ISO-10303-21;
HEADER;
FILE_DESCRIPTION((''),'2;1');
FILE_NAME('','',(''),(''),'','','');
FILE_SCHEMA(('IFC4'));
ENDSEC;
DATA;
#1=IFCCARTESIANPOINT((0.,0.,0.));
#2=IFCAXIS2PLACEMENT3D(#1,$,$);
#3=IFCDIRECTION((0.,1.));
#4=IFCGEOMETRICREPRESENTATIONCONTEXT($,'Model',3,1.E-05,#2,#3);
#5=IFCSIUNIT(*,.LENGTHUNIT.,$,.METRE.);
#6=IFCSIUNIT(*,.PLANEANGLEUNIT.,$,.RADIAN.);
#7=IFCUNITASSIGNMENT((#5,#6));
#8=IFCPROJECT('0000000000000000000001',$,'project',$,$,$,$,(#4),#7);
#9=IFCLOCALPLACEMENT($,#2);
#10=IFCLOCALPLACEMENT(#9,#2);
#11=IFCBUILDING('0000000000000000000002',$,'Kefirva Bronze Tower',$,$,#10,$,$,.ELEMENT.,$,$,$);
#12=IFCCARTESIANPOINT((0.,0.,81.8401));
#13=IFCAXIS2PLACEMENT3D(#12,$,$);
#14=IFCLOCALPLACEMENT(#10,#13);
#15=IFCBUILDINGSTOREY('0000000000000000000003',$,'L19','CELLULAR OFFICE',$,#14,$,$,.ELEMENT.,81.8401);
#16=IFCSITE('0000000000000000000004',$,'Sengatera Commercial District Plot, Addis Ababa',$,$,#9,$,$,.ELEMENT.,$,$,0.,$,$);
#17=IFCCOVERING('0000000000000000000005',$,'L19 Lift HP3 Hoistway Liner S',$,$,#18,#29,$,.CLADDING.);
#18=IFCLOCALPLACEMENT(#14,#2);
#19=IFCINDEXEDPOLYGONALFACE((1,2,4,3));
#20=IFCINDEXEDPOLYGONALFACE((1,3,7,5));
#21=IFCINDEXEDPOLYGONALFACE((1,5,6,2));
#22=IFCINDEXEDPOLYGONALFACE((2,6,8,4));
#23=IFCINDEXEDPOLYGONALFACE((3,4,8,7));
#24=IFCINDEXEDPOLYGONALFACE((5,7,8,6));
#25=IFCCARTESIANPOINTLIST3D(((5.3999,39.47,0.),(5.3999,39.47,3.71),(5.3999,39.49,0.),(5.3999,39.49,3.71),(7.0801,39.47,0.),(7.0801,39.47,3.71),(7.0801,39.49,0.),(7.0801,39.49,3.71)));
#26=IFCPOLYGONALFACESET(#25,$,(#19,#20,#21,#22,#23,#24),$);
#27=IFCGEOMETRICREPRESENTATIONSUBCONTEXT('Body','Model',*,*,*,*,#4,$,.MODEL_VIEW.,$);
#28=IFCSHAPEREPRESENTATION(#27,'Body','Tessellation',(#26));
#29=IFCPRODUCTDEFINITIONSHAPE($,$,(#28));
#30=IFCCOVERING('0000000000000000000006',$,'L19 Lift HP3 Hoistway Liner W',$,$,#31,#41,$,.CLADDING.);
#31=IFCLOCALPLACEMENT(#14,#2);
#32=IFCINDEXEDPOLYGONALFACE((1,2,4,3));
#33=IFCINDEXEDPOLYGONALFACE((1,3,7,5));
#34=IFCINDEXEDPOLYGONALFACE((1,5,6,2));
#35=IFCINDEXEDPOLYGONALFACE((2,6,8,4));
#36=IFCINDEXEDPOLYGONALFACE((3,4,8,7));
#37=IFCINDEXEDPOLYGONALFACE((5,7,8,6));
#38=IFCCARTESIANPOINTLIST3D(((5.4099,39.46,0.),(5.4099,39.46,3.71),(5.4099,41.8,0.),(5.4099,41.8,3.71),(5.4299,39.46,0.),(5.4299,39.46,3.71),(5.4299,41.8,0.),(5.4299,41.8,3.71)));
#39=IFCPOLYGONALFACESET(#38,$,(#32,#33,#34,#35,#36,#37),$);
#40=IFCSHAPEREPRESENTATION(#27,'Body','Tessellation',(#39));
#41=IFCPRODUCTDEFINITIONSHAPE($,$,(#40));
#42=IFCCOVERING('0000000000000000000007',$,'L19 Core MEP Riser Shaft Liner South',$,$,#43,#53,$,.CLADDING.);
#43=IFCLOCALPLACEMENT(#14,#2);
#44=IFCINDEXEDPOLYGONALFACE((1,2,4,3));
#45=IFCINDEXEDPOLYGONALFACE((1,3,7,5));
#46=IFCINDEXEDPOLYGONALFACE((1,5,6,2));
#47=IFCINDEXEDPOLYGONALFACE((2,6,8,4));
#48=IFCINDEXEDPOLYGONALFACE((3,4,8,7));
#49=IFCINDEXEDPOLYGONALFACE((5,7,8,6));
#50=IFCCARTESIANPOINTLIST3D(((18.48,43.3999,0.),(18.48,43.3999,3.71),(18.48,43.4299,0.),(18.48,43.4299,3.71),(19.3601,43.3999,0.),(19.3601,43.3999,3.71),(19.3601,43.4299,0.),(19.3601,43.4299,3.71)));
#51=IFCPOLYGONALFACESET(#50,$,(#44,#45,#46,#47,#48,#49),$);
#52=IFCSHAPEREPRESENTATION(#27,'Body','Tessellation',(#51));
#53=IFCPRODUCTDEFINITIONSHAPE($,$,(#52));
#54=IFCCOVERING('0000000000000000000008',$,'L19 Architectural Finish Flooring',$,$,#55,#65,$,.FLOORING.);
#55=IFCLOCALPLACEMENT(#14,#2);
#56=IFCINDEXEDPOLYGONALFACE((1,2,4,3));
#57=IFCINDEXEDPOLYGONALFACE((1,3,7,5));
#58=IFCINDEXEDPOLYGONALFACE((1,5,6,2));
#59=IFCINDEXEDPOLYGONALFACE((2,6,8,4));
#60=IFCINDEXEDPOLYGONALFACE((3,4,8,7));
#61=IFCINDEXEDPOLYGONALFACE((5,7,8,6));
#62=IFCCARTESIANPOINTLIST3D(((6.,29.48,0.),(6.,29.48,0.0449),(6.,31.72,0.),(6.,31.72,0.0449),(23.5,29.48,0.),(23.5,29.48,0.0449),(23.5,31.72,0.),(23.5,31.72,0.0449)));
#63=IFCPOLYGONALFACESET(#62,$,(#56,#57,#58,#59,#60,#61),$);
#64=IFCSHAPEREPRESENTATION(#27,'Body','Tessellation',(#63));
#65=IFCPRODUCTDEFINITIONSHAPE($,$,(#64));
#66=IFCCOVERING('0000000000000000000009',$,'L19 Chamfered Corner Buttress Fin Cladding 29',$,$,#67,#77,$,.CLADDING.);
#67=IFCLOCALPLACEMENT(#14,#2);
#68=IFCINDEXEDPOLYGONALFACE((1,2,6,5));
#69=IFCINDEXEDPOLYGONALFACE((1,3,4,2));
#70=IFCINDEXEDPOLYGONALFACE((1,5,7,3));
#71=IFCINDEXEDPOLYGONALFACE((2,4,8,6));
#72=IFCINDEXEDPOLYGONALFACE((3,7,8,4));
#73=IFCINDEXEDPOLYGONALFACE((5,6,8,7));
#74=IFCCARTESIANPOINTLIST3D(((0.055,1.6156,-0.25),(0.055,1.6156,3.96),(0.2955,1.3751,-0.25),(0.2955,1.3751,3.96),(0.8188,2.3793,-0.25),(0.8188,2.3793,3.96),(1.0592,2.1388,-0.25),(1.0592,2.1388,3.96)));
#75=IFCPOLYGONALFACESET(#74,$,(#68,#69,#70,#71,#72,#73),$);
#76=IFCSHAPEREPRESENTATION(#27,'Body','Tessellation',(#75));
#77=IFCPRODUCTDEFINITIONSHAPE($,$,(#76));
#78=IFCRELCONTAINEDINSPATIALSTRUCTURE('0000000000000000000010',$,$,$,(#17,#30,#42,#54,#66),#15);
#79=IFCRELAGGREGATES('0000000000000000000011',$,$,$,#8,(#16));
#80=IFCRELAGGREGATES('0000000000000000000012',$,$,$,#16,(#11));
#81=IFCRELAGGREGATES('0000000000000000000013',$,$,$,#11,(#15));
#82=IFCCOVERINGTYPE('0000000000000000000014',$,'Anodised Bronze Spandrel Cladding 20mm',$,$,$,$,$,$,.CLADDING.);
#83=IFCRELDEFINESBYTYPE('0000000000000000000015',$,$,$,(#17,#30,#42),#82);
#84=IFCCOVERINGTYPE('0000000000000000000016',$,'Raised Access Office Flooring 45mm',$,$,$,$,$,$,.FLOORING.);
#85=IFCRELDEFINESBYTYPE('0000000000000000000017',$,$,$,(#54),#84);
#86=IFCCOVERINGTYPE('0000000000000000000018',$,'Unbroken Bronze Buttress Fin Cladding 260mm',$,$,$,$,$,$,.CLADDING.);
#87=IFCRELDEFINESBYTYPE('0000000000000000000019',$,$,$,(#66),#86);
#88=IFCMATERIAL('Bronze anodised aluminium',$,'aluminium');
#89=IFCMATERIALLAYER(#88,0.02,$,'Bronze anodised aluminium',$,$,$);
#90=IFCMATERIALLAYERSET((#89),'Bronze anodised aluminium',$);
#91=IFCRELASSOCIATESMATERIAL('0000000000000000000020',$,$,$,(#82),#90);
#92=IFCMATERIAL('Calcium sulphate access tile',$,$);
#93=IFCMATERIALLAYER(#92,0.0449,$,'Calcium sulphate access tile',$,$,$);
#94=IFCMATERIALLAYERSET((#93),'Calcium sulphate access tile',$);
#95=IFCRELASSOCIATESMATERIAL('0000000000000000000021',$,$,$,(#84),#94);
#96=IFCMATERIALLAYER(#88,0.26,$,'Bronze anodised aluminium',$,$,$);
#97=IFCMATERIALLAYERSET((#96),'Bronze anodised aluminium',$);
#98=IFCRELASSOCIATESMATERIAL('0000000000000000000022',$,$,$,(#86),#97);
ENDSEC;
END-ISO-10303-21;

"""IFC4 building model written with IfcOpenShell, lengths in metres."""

from ifc_helpers import new_model, si_unit, direction, frame, origin, origin_2d, place, context, subcontext, project, spatial, polyline, rectangle, outline, extrude, material, layer, layer_set, type_object, element, save


model = new_model("IFC4")

# Units and contexts
model_context = context("Model", 3, precision=1e-05, world=origin(), true_north=direction((0.0, 1.0)))
body_context = subcontext(model_context, "Body", "Model", "MODEL_VIEW")
ifc_project = project(units=[si_unit("LENGTHUNIT", "METRE"), si_unit("PLANEANGLEUNIT", "RADIAN")], contexts=[model_context])

# Site, building, storey
site_placement = place(None, origin())
site = spatial("IfcSite", under=ifc_project, at=site_placement, Name="Sengatera Commercial District Plot, Addis Ababa", CompositionType="ELEMENT", RefElevation=0.0)
building_placement = place(site_placement, origin())
building = spatial("IfcBuilding", under=site, at=building_placement, Name="Kefirva Bronze Tower", CompositionType="ELEMENT")
storey_placement = place(building_placement, frame((0.0, 0.0, 81.8401)))
storey = spatial("IfcBuildingStorey", under=building, at=storey_placement, Name="L19", Description="CELLULAR OFFICE", CompositionType="ELEMENT", Elevation=81.8401)

# Shared definitions
ifc_material_1 = material(Name="Bronze anodised aluminium", Category="aluminium")

# Coverings
ifc_layer_1 = layer(ifc_material_1, 0.02, Name="Bronze anodised aluminium")
ifc_layer_set_1 = layer_set([ifc_layer_1], Name="Bronze anodised aluminium")
covering_type_1 = type_object("IfcCoveringType", Name="Anodised Bronze Spandrel Cladding 20mm", PredefinedType="CLADDING", material=ifc_layer_set_1)
covering_1_placement = place(storey_placement, origin())
element("IfcCovering", 1, at=covering_1_placement, inside=storey, type_object=covering_type_1, Name="L19 Lift HP3 Hoistway Liner S", PredefinedType="CLADDING", context=body_context, shape_type="SweptSolid", body=[
    extrude(outline(polyline([(5.3999, 39.47), (7.0801, 39.47), (7.0801, 39.49), (5.3999, 39.49), (5.3999, 39.47)])), origin(), (0.0, 0.0, 1.0), 3.71),
])
covering_2_placement = place(storey_placement, origin())
element("IfcCovering", 2, at=covering_2_placement, inside=storey, type_object=covering_type_1, Name="L19 Lift HP3 Hoistway Liner W", PredefinedType="CLADDING", context=body_context, shape_type="SweptSolid", body=[
    extrude(outline(polyline([(5.4099, 39.46), (5.4299, 39.46), (5.4299, 41.8), (5.4099, 41.8), (5.4099, 39.46)])), origin(), (0.0, 0.0, 1.0), 3.71),
])
covering_3_placement = place(storey_placement, origin())
element("IfcCovering", 3, at=covering_3_placement, inside=storey, type_object=covering_type_1, Name="L19 Core MEP Riser Shaft Liner South", PredefinedType="CLADDING", context=body_context, shape_type="SweptSolid", body=[
    extrude(outline(polyline([(18.48, 43.3999), (19.3601, 43.3999), (19.3601, 43.4299), (18.48, 43.4299), (18.48, 43.3999)])), origin(), (0.0, 0.0, 1.0), 3.71),
])
ifc_material_2 = material(Name="Calcium sulphate access tile")
ifc_layer_2 = layer(ifc_material_2, 0.0449, Name="Calcium sulphate access tile")
ifc_layer_set_2 = layer_set([ifc_layer_2], Name="Calcium sulphate access tile")
covering_type_2 = type_object("IfcCoveringType", Name="Raised Access Office Flooring 45mm", PredefinedType="FLOORING", material=ifc_layer_set_2)
covering_4_placement = place(storey_placement, origin())
element("IfcCovering", 4, at=covering_4_placement, inside=storey, type_object=covering_type_2, Name="L19 Architectural Finish Flooring", PredefinedType="FLOORING", context=body_context, shape_type="SweptSolid", body=[
    extrude(outline(polyline([(6.0, 29.48), (23.5, 29.48), (23.5, 31.72), (6.0, 31.72), (6.0, 29.48)])), origin(), (0.0, 0.0, 1.0), 0.0449),
])
ifc_layer_3 = layer(ifc_material_1, 0.26, Name="Bronze anodised aluminium")
ifc_layer_set_3 = layer_set([ifc_layer_3], Name="Bronze anodised aluminium")
covering_type_3 = type_object("IfcCoveringType", Name="Unbroken Bronze Buttress Fin Cladding 260mm", PredefinedType="CLADDING", material=ifc_layer_set_3)
covering_5_placement = place(storey_placement, frame((0.5571, 1.8772, -0.25), z_axis=(0.0, 0.0, 1.0), x_axis=(0.707107, -0.707107, 0.0)))
element("IfcCovering", 5, at=covering_5_placement, inside=storey, type_object=covering_type_3, Name="L19 Chamfered Corner Buttress Fin Cladding 29", PredefinedType="CLADDING", context=body_context, shape_type="SweptSolid", body=[
    extrude(rectangle(XDim=0.3401, YDim=1.0801, at=origin_2d()), origin(), (0.0, 0.0, 1.0), 4.21),
])

save(model, "model.ifc")
